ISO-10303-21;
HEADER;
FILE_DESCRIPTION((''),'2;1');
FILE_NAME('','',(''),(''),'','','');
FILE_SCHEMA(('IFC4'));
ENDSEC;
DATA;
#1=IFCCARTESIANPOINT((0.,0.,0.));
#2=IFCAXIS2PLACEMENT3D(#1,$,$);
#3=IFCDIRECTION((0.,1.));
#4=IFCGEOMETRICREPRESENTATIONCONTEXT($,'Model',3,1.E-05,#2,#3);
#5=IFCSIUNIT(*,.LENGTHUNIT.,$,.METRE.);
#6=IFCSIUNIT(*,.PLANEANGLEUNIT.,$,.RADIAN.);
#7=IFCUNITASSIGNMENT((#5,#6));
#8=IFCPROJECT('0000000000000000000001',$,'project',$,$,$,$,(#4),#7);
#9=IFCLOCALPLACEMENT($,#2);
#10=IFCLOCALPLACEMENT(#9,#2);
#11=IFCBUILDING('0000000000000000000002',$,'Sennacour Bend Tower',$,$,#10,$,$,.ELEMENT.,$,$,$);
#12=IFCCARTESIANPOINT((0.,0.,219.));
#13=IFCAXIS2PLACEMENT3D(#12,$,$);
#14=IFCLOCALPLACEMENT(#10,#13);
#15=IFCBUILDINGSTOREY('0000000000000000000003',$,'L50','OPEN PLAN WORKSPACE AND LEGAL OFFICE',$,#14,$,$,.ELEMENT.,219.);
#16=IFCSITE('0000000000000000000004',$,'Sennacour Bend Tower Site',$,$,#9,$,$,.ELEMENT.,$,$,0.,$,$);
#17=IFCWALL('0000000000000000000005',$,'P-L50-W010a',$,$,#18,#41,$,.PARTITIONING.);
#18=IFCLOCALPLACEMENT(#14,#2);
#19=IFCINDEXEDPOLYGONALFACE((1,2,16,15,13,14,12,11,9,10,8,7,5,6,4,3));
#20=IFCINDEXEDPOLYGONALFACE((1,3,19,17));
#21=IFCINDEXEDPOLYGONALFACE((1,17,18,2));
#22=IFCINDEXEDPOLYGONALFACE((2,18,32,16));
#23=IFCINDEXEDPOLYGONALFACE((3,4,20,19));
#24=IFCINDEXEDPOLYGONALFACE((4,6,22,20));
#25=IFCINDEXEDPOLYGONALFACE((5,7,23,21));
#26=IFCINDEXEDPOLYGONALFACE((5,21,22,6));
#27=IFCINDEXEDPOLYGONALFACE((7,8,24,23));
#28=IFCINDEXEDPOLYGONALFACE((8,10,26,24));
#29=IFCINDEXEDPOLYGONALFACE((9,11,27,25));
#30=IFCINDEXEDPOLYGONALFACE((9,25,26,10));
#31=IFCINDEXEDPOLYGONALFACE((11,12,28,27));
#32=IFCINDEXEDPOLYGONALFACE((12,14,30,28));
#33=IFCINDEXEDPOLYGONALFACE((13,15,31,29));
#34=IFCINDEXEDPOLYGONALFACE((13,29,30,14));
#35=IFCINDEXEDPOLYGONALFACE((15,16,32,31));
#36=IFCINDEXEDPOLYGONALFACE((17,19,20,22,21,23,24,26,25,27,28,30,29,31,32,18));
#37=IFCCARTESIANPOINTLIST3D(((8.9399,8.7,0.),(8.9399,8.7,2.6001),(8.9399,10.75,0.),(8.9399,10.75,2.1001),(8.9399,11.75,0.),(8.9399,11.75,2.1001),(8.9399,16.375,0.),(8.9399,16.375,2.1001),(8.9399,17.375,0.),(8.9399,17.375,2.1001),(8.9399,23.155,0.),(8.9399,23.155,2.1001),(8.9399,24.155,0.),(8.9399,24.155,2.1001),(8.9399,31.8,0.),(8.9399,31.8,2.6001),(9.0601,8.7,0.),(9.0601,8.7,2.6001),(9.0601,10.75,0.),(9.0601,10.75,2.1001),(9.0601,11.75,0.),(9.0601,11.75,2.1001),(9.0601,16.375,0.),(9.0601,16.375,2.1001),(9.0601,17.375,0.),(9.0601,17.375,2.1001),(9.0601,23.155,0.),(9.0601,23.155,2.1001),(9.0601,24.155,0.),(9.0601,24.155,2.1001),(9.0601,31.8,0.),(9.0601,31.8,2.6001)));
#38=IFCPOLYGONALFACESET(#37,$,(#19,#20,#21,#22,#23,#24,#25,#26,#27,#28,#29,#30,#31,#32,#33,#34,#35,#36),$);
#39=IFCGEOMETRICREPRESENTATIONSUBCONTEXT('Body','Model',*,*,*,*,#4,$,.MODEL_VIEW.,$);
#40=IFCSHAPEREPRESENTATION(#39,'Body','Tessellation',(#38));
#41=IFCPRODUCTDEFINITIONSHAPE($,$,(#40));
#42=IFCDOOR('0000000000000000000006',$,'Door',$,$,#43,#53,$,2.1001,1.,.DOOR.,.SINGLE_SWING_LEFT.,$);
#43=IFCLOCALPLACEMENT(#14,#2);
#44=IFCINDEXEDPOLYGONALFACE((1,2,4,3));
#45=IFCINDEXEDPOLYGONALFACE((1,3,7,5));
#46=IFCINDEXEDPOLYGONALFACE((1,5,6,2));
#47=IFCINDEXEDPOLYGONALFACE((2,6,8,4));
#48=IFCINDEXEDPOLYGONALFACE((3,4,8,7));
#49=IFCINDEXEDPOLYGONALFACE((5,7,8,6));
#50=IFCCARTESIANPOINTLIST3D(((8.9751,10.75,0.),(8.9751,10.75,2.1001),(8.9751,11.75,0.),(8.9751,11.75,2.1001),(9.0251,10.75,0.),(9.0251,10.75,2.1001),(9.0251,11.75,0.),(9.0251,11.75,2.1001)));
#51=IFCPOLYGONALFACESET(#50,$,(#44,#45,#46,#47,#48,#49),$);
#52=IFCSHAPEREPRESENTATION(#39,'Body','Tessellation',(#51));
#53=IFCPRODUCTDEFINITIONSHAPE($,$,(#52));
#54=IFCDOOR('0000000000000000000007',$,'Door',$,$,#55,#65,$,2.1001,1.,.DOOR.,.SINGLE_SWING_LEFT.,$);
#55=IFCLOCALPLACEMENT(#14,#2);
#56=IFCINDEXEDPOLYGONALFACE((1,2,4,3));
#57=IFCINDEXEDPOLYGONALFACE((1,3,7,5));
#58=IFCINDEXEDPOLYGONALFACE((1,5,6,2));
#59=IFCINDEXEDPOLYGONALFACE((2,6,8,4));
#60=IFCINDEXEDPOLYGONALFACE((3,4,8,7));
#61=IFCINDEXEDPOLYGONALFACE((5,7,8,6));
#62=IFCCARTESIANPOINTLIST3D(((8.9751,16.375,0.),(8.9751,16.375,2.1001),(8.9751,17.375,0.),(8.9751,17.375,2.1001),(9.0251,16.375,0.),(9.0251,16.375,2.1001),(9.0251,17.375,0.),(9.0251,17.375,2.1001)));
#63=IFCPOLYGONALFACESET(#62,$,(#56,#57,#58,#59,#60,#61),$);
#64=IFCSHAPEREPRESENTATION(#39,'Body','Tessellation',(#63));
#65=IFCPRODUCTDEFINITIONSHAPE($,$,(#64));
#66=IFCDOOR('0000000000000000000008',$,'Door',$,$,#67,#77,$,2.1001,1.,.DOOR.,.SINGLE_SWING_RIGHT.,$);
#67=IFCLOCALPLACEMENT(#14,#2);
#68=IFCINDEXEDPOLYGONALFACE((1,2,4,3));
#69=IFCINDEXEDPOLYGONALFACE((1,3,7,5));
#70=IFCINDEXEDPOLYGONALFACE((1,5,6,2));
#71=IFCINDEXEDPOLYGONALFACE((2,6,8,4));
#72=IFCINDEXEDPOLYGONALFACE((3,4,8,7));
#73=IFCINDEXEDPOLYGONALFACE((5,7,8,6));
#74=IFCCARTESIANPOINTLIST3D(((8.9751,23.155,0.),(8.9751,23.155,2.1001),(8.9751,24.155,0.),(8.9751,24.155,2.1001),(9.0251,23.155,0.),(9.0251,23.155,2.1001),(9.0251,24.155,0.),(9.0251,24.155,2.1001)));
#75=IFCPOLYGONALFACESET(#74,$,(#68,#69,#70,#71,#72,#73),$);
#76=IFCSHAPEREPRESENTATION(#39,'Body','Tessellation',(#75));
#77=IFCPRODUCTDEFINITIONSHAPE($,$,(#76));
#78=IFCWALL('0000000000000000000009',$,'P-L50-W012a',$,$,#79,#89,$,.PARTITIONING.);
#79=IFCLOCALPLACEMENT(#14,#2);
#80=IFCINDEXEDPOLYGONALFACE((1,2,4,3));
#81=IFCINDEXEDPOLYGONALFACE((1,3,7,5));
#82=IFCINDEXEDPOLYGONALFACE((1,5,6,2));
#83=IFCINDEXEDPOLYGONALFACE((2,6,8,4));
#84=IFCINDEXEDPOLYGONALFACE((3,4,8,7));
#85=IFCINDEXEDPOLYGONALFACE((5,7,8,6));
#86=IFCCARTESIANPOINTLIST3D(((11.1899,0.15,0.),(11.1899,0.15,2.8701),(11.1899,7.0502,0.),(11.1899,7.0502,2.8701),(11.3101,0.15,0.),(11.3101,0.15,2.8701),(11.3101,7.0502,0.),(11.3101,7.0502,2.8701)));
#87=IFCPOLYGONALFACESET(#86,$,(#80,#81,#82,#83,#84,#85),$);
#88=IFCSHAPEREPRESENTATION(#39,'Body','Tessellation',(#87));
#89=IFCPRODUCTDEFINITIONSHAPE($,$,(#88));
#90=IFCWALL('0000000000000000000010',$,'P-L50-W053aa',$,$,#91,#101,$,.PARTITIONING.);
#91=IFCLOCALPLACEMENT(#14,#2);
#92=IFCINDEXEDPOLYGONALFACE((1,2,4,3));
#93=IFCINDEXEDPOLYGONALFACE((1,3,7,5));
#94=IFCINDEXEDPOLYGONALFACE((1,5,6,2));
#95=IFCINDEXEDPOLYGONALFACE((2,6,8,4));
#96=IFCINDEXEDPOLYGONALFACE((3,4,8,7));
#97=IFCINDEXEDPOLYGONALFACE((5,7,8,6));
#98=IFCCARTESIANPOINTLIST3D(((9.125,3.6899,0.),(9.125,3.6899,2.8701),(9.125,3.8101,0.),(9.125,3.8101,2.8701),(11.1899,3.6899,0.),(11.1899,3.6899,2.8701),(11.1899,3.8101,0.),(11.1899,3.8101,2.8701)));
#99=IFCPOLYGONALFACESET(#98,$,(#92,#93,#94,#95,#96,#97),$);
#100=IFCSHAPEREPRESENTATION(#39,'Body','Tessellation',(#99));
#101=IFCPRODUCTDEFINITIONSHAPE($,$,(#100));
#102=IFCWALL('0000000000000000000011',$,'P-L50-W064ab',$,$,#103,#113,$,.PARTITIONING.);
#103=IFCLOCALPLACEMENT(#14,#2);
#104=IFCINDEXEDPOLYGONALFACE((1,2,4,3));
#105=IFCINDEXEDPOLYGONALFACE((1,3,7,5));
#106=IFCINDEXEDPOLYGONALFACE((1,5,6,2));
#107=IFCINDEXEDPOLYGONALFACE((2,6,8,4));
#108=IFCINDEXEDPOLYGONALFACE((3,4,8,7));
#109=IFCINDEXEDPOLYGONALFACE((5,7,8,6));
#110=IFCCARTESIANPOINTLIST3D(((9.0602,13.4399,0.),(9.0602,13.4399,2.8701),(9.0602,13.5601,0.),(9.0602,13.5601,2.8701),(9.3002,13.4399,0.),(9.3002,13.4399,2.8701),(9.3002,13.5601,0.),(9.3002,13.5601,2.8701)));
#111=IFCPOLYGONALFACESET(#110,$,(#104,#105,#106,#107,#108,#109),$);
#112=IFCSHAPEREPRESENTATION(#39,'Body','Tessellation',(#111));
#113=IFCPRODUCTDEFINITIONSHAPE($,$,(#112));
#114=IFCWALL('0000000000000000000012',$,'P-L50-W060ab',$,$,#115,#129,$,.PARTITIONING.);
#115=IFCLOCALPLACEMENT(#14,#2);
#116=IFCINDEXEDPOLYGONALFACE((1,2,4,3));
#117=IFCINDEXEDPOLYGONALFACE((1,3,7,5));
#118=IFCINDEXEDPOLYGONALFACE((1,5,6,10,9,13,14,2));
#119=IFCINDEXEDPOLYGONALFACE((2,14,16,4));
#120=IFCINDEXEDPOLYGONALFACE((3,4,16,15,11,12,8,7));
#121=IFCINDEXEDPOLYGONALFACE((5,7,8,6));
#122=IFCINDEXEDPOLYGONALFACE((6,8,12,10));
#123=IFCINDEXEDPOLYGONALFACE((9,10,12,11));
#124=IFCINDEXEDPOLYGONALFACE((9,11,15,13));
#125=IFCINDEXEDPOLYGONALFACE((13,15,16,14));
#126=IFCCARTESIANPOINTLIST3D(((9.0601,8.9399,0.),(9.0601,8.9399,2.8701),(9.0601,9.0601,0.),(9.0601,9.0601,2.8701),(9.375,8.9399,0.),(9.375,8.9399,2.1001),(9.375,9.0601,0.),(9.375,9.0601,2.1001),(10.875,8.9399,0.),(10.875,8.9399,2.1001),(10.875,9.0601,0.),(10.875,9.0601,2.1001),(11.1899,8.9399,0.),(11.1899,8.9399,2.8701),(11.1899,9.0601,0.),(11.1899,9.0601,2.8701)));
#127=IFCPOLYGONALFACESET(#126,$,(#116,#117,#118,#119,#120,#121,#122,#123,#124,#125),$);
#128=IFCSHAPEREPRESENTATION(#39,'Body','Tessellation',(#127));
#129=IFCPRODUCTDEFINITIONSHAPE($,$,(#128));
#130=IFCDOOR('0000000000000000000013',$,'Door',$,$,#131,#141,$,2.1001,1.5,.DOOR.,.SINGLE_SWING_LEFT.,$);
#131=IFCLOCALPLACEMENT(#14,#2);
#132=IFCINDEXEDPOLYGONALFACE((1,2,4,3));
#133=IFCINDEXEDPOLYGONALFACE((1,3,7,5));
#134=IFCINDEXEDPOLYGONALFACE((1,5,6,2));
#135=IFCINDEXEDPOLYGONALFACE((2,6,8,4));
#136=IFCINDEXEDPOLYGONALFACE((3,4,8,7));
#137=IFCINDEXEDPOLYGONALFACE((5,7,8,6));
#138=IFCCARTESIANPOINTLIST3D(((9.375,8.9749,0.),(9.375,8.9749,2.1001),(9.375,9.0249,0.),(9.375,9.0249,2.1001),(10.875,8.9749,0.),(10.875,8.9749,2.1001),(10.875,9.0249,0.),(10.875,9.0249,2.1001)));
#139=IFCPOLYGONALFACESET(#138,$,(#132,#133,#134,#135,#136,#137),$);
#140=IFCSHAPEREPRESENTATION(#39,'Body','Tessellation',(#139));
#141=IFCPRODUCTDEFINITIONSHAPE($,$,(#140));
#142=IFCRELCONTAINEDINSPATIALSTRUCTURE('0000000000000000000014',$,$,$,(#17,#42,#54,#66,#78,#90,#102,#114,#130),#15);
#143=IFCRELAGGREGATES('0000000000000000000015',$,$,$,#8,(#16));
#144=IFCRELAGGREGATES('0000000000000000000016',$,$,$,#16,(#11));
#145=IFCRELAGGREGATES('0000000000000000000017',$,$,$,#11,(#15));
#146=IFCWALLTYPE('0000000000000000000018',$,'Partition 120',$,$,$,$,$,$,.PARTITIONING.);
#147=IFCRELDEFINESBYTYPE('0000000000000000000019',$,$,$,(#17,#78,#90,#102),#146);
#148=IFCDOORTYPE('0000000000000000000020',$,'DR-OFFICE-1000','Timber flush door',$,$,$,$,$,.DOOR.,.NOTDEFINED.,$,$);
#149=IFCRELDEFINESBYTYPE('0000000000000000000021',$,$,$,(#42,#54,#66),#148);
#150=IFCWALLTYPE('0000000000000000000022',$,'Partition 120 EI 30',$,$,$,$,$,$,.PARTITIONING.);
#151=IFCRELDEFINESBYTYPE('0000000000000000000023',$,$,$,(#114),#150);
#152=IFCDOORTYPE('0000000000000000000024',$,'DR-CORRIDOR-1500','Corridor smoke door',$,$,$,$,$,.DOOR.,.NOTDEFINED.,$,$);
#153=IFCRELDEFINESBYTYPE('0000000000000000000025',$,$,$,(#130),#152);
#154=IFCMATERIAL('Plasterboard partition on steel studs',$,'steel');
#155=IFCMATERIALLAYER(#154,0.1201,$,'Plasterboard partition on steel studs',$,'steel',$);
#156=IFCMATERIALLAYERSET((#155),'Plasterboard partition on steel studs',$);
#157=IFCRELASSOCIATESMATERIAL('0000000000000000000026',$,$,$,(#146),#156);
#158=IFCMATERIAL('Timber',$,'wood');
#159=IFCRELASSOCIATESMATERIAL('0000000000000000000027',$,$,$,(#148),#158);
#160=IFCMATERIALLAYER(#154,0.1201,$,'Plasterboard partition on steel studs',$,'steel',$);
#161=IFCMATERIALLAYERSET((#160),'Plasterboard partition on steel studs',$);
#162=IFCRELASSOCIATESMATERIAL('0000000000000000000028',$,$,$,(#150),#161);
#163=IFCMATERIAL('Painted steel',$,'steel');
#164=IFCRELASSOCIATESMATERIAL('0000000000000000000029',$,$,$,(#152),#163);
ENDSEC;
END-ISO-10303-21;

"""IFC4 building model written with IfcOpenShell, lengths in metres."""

from ifc_helpers import new_model, si_unit, direction, frame, frame_2d, origin, place, context, subcontext, project, spatial, rectangle, extrude, material, layer, layer_set, type_object, element, fill, save


model = new_model("IFC4")

# Units and contexts
model_context = context("Model", 3, precision=1e-05, world=origin(), true_north=direction((0.0, 1.0)))
body_context = subcontext(model_context, "Body", "Model", "MODEL_VIEW")
ifc_project = project(units=[si_unit("LENGTHUNIT", "METRE"), si_unit("PLANEANGLEUNIT", "RADIAN")], contexts=[model_context])

# Site, building, storey
site_placement = place(None, origin())
site = spatial("IfcSite", under=ifc_project, at=site_placement, Name="Sennacour Bend Tower Site", CompositionType="ELEMENT", RefElevation=0.0)
building_placement = place(site_placement, origin())
building = spatial("IfcBuilding", under=site, at=building_placement, Name="Sennacour Bend Tower", CompositionType="ELEMENT")
storey_placement = place(building_placement, frame((0.0, 0.0, 219.0)))
storey = spatial("IfcBuildingStorey", under=building, at=storey_placement, Name="L50", Description="OPEN PLAN WORKSPACE AND LEGAL OFFICE", CompositionType="ELEMENT", Elevation=219.0)

# Wall, openings, doors
ifc_material_1 = material(Name="Plasterboard partition on steel studs", Category="steel")
ifc_layer_1 = layer(ifc_material_1, 0.1201, Name="Plasterboard partition on steel studs", Category="steel")
ifc_layer_set_1 = layer_set([ifc_layer_1], Name="Plasterboard partition on steel studs")
wall_type_1 = type_object("IfcWallType", Name="Partition 120", PredefinedType="PARTITIONING", material=ifc_layer_set_1)
wall_1_placement = place(storey_placement, frame((9.0, 8.7, 0.0), z_axis=(0.0, 0.0, 1.0), x_axis=(0.0, 1.0, 0.0)))
wall_1 = element("IfcWall", 1, at=wall_1_placement, inside=storey, type_object=wall_type_1, Name="P-L50-W010a", PredefinedType="PARTITIONING", context=body_context, shape_type="SweptSolid", body=[
    extrude(rectangle(XDim=23.1001, YDim=0.1201, at=frame_2d((11.55, 0.0))), origin(), (0.0, 0.0, 1.0), 2.6001),
])
opening_1_placement = place(wall_1_placement, frame((2.05, 0.0, 0.0)))
opening_1 = element("IfcOpeningElement", 2, at=opening_1_placement, cuts=wall_1, PredefinedType="OPENING", context=body_context, shape_type="SweptSolid", body=[
    extrude(rectangle(XDim=1.0, YDim=2.1001, at=frame_2d((0.5, 1.05))), frame((0.0, 0.0701, 0.0), z_axis=(0.0, -1.0, 0.0), x_axis=(1.0, 0.0, 0.0)), (0.0, 0.0, 1.0), 0.1401),
])
opening_2_placement = place(wall_1_placement, frame((7.675, 0.0, 0.0)))
opening_2 = element("IfcOpeningElement", 3, at=opening_2_placement, cuts=wall_1, PredefinedType="OPENING", context=body_context, shape_type="SweptSolid", body=[
    extrude(rectangle(XDim=1.0, YDim=2.1001, at=frame_2d((0.5, 1.05))), frame((0.0, 0.0701, 0.0), z_axis=(0.0, -1.0, 0.0), x_axis=(1.0, 0.0, 0.0)), (0.0, 0.0, 1.0), 0.1401),
])
opening_3_placement = place(wall_1_placement, frame((14.4551, 0.0, 0.0)))
opening_3 = element("IfcOpeningElement", 4, at=opening_3_placement, cuts=wall_1, PredefinedType="OPENING", context=body_context, shape_type="SweptSolid", body=[
    extrude(rectangle(XDim=1.0, YDim=2.1001, at=frame_2d((0.5, 1.05))), frame((0.0, 0.0701, 0.0), z_axis=(0.0, -1.0, 0.0), x_axis=(1.0, 0.0, 0.0)), (0.0, 0.0, 1.0), 0.1401),
])
ifc_material_2 = material(Name="Timber", Category="wood")
door_type_1 = type_object("IfcDoorType", Name="DR-OFFICE-1000", Description="Timber flush door", OperationType="NOTDEFINED", PredefinedType="DOOR", material=ifc_material_2)
door_1_placement = place(opening_1_placement, origin())
door_1 = element("IfcDoor", 5, at=door_1_placement, inside=storey, type_object=door_type_1, Name="Door", OperationType="SINGLE_SWING_LEFT", OverallHeight=2.1001, OverallWidth=1.0, PredefinedType="DOOR", context=body_context, shape_type="SweptSolid", body=[
    extrude(rectangle(XDim=1.0, YDim=2.1001, at=frame_2d((0.5, 1.05))), frame((0.0, 0.0249, 0.0), z_axis=(0.0, -1.0, 0.0), x_axis=(1.0, 0.0, 0.0)), (0.0, 0.0, 1.0), 0.05),
])
fill(opening_1, door_1)
door_2_placement = place(opening_2_placement, origin())
door_2 = element("IfcDoor", 6, at=door_2_placement, inside=storey, type_object=door_type_1, Name="Door", OperationType="SINGLE_SWING_LEFT", OverallHeight=2.1001, OverallWidth=1.0, PredefinedType="DOOR", context=body_context, shape_type="SweptSolid", body=[
    extrude(rectangle(XDim=1.0, YDim=2.1001, at=frame_2d((0.5, 1.05))), frame((0.0, 0.0249, 0.0), z_axis=(0.0, -1.0, 0.0), x_axis=(1.0, 0.0, 0.0)), (0.0, 0.0, 1.0), 0.05),
])
fill(opening_2, door_2)
door_3_placement = place(opening_3_placement, origin())
door_3 = element("IfcDoor", 7, at=door_3_placement, inside=storey, type_object=door_type_1, Name="Door", OperationType="SINGLE_SWING_RIGHT", OverallHeight=2.1001, OverallWidth=1.0, PredefinedType="DOOR", context=body_context, shape_type="SweptSolid", body=[
    extrude(rectangle(XDim=1.0, YDim=2.1001, at=frame_2d((0.5, 1.05))), frame((0.0, 0.0249, 0.0), z_axis=(0.0, -1.0, 0.0), x_axis=(1.0, 0.0, 0.0)), (0.0, 0.0, 1.0), 0.05),
])
fill(opening_3, door_3)

# Walls
wall_2_placement = place(storey_placement, frame((11.25, 0.1499, 0.0), z_axis=(0.0, 0.0, 1.0), x_axis=(0.0, 1.0, 0.0)))
element("IfcWall", 8, at=wall_2_placement, inside=storey, type_object=wall_type_1, Name="P-L50-W012a", PredefinedType="PARTITIONING", context=body_context, shape_type="SweptSolid", body=[
    extrude(rectangle(XDim=6.9001, YDim=0.1201, at=frame_2d((3.4502, 0.0))), origin(), (0.0, 0.0, 1.0), 2.8701),
])
wall_3_placement = place(storey_placement, frame((9.125, 3.75, 0.0), z_axis=(0.0, 0.0, 1.0), x_axis=(1.0, 0.0, 0.0)))
element("IfcWall", 9, at=wall_3_placement, inside=storey, type_object=wall_type_1, Name="P-L50-W053aa", PredefinedType="PARTITIONING", context=body_context, shape_type="SweptSolid", body=[
    extrude(rectangle(XDim=2.0649, YDim=0.1201, at=frame_2d((1.0325, 0.0))), origin(), (0.0, 0.0, 1.0), 2.8701),
])
wall_4_placement = place(storey_placement, frame((9.0601, 13.5, 0.0), z_axis=(0.0, 0.0, 1.0), x_axis=(1.0, 0.0, 0.0)))
element("IfcWall", 10, at=wall_4_placement, inside=storey, type_object=wall_type_1, Name="P-L50-W064ab", PredefinedType="PARTITIONING", context=body_context, shape_type="SweptSolid", body=[
    extrude(rectangle(XDim=0.24, YDim=0.1201, at=frame_2d((0.1201, 0.0))), origin(), (0.0, 0.0, 1.0), 2.8701),
])

# Wall, opening, door
ifc_layer_2 = layer(ifc_material_1, 0.1201, Name="Plasterboard partition on steel studs", Category="steel")
ifc_layer_set_2 = layer_set([ifc_layer_2], Name="Plasterboard partition on steel studs")
wall_type_2 = type_object("IfcWallType", Name="Partition 120 EI 30", PredefinedType="PARTITIONING", material=ifc_layer_set_2)
wall_5_placement = place(storey_placement, frame((9.0601, 9.0, 0.0), z_axis=(0.0, 0.0, 1.0), x_axis=(1.0, 0.0, 0.0)))
wall_5 = element("IfcWall", 11, at=wall_5_placement, inside=storey, type_object=wall_type_2, Name="P-L50-W060ab", PredefinedType="PARTITIONING", context=body_context, shape_type="SweptSolid", body=[
    extrude(rectangle(XDim=2.1299, YDim=0.1201, at=frame_2d((1.0649, 0.0))), origin(), (0.0, 0.0, 1.0), 2.8701),
])
opening_4_placement = place(wall_5_placement, frame((0.3149, 0.0, 0.0)))
opening_4 = element("IfcOpeningElement", 12, at=opening_4_placement, cuts=wall_5, PredefinedType="OPENING", context=body_context, shape_type="SweptSolid", body=[
    extrude(rectangle(XDim=1.5, YDim=2.1001, at=frame_2d((0.75, 1.05))), frame((0.0, 0.0701, 0.0), z_axis=(0.0, -1.0, 0.0), x_axis=(1.0, 0.0, 0.0)), (0.0, 0.0, 1.0), 0.1401),
])
ifc_material_3 = material(Name="Painted steel", Category="steel")
door_type_2 = type_object("IfcDoorType", Name="DR-CORRIDOR-1500", Description="Corridor smoke door", OperationType="NOTDEFINED", PredefinedType="DOOR", material=ifc_material_3)
door_4_placement = place(opening_4_placement, origin())
door_4 = element("IfcDoor", 13, at=door_4_placement, inside=storey, type_object=door_type_2, Name="Door", OperationType="SINGLE_SWING_LEFT", OverallHeight=2.1001, OverallWidth=1.5, PredefinedType="DOOR", context=body_context, shape_type="SweptSolid", body=[
    extrude(rectangle(XDim=1.5, YDim=2.1001, at=frame_2d((0.75, 1.05))), frame((0.0, 0.0249, 0.0), z_axis=(0.0, -1.0, 0.0), x_axis=(1.0, 0.0, 0.0)), (0.0, 0.0, 1.0), 0.05),
])
fill(opening_4, door_4)

save(model, "model.ifc")
